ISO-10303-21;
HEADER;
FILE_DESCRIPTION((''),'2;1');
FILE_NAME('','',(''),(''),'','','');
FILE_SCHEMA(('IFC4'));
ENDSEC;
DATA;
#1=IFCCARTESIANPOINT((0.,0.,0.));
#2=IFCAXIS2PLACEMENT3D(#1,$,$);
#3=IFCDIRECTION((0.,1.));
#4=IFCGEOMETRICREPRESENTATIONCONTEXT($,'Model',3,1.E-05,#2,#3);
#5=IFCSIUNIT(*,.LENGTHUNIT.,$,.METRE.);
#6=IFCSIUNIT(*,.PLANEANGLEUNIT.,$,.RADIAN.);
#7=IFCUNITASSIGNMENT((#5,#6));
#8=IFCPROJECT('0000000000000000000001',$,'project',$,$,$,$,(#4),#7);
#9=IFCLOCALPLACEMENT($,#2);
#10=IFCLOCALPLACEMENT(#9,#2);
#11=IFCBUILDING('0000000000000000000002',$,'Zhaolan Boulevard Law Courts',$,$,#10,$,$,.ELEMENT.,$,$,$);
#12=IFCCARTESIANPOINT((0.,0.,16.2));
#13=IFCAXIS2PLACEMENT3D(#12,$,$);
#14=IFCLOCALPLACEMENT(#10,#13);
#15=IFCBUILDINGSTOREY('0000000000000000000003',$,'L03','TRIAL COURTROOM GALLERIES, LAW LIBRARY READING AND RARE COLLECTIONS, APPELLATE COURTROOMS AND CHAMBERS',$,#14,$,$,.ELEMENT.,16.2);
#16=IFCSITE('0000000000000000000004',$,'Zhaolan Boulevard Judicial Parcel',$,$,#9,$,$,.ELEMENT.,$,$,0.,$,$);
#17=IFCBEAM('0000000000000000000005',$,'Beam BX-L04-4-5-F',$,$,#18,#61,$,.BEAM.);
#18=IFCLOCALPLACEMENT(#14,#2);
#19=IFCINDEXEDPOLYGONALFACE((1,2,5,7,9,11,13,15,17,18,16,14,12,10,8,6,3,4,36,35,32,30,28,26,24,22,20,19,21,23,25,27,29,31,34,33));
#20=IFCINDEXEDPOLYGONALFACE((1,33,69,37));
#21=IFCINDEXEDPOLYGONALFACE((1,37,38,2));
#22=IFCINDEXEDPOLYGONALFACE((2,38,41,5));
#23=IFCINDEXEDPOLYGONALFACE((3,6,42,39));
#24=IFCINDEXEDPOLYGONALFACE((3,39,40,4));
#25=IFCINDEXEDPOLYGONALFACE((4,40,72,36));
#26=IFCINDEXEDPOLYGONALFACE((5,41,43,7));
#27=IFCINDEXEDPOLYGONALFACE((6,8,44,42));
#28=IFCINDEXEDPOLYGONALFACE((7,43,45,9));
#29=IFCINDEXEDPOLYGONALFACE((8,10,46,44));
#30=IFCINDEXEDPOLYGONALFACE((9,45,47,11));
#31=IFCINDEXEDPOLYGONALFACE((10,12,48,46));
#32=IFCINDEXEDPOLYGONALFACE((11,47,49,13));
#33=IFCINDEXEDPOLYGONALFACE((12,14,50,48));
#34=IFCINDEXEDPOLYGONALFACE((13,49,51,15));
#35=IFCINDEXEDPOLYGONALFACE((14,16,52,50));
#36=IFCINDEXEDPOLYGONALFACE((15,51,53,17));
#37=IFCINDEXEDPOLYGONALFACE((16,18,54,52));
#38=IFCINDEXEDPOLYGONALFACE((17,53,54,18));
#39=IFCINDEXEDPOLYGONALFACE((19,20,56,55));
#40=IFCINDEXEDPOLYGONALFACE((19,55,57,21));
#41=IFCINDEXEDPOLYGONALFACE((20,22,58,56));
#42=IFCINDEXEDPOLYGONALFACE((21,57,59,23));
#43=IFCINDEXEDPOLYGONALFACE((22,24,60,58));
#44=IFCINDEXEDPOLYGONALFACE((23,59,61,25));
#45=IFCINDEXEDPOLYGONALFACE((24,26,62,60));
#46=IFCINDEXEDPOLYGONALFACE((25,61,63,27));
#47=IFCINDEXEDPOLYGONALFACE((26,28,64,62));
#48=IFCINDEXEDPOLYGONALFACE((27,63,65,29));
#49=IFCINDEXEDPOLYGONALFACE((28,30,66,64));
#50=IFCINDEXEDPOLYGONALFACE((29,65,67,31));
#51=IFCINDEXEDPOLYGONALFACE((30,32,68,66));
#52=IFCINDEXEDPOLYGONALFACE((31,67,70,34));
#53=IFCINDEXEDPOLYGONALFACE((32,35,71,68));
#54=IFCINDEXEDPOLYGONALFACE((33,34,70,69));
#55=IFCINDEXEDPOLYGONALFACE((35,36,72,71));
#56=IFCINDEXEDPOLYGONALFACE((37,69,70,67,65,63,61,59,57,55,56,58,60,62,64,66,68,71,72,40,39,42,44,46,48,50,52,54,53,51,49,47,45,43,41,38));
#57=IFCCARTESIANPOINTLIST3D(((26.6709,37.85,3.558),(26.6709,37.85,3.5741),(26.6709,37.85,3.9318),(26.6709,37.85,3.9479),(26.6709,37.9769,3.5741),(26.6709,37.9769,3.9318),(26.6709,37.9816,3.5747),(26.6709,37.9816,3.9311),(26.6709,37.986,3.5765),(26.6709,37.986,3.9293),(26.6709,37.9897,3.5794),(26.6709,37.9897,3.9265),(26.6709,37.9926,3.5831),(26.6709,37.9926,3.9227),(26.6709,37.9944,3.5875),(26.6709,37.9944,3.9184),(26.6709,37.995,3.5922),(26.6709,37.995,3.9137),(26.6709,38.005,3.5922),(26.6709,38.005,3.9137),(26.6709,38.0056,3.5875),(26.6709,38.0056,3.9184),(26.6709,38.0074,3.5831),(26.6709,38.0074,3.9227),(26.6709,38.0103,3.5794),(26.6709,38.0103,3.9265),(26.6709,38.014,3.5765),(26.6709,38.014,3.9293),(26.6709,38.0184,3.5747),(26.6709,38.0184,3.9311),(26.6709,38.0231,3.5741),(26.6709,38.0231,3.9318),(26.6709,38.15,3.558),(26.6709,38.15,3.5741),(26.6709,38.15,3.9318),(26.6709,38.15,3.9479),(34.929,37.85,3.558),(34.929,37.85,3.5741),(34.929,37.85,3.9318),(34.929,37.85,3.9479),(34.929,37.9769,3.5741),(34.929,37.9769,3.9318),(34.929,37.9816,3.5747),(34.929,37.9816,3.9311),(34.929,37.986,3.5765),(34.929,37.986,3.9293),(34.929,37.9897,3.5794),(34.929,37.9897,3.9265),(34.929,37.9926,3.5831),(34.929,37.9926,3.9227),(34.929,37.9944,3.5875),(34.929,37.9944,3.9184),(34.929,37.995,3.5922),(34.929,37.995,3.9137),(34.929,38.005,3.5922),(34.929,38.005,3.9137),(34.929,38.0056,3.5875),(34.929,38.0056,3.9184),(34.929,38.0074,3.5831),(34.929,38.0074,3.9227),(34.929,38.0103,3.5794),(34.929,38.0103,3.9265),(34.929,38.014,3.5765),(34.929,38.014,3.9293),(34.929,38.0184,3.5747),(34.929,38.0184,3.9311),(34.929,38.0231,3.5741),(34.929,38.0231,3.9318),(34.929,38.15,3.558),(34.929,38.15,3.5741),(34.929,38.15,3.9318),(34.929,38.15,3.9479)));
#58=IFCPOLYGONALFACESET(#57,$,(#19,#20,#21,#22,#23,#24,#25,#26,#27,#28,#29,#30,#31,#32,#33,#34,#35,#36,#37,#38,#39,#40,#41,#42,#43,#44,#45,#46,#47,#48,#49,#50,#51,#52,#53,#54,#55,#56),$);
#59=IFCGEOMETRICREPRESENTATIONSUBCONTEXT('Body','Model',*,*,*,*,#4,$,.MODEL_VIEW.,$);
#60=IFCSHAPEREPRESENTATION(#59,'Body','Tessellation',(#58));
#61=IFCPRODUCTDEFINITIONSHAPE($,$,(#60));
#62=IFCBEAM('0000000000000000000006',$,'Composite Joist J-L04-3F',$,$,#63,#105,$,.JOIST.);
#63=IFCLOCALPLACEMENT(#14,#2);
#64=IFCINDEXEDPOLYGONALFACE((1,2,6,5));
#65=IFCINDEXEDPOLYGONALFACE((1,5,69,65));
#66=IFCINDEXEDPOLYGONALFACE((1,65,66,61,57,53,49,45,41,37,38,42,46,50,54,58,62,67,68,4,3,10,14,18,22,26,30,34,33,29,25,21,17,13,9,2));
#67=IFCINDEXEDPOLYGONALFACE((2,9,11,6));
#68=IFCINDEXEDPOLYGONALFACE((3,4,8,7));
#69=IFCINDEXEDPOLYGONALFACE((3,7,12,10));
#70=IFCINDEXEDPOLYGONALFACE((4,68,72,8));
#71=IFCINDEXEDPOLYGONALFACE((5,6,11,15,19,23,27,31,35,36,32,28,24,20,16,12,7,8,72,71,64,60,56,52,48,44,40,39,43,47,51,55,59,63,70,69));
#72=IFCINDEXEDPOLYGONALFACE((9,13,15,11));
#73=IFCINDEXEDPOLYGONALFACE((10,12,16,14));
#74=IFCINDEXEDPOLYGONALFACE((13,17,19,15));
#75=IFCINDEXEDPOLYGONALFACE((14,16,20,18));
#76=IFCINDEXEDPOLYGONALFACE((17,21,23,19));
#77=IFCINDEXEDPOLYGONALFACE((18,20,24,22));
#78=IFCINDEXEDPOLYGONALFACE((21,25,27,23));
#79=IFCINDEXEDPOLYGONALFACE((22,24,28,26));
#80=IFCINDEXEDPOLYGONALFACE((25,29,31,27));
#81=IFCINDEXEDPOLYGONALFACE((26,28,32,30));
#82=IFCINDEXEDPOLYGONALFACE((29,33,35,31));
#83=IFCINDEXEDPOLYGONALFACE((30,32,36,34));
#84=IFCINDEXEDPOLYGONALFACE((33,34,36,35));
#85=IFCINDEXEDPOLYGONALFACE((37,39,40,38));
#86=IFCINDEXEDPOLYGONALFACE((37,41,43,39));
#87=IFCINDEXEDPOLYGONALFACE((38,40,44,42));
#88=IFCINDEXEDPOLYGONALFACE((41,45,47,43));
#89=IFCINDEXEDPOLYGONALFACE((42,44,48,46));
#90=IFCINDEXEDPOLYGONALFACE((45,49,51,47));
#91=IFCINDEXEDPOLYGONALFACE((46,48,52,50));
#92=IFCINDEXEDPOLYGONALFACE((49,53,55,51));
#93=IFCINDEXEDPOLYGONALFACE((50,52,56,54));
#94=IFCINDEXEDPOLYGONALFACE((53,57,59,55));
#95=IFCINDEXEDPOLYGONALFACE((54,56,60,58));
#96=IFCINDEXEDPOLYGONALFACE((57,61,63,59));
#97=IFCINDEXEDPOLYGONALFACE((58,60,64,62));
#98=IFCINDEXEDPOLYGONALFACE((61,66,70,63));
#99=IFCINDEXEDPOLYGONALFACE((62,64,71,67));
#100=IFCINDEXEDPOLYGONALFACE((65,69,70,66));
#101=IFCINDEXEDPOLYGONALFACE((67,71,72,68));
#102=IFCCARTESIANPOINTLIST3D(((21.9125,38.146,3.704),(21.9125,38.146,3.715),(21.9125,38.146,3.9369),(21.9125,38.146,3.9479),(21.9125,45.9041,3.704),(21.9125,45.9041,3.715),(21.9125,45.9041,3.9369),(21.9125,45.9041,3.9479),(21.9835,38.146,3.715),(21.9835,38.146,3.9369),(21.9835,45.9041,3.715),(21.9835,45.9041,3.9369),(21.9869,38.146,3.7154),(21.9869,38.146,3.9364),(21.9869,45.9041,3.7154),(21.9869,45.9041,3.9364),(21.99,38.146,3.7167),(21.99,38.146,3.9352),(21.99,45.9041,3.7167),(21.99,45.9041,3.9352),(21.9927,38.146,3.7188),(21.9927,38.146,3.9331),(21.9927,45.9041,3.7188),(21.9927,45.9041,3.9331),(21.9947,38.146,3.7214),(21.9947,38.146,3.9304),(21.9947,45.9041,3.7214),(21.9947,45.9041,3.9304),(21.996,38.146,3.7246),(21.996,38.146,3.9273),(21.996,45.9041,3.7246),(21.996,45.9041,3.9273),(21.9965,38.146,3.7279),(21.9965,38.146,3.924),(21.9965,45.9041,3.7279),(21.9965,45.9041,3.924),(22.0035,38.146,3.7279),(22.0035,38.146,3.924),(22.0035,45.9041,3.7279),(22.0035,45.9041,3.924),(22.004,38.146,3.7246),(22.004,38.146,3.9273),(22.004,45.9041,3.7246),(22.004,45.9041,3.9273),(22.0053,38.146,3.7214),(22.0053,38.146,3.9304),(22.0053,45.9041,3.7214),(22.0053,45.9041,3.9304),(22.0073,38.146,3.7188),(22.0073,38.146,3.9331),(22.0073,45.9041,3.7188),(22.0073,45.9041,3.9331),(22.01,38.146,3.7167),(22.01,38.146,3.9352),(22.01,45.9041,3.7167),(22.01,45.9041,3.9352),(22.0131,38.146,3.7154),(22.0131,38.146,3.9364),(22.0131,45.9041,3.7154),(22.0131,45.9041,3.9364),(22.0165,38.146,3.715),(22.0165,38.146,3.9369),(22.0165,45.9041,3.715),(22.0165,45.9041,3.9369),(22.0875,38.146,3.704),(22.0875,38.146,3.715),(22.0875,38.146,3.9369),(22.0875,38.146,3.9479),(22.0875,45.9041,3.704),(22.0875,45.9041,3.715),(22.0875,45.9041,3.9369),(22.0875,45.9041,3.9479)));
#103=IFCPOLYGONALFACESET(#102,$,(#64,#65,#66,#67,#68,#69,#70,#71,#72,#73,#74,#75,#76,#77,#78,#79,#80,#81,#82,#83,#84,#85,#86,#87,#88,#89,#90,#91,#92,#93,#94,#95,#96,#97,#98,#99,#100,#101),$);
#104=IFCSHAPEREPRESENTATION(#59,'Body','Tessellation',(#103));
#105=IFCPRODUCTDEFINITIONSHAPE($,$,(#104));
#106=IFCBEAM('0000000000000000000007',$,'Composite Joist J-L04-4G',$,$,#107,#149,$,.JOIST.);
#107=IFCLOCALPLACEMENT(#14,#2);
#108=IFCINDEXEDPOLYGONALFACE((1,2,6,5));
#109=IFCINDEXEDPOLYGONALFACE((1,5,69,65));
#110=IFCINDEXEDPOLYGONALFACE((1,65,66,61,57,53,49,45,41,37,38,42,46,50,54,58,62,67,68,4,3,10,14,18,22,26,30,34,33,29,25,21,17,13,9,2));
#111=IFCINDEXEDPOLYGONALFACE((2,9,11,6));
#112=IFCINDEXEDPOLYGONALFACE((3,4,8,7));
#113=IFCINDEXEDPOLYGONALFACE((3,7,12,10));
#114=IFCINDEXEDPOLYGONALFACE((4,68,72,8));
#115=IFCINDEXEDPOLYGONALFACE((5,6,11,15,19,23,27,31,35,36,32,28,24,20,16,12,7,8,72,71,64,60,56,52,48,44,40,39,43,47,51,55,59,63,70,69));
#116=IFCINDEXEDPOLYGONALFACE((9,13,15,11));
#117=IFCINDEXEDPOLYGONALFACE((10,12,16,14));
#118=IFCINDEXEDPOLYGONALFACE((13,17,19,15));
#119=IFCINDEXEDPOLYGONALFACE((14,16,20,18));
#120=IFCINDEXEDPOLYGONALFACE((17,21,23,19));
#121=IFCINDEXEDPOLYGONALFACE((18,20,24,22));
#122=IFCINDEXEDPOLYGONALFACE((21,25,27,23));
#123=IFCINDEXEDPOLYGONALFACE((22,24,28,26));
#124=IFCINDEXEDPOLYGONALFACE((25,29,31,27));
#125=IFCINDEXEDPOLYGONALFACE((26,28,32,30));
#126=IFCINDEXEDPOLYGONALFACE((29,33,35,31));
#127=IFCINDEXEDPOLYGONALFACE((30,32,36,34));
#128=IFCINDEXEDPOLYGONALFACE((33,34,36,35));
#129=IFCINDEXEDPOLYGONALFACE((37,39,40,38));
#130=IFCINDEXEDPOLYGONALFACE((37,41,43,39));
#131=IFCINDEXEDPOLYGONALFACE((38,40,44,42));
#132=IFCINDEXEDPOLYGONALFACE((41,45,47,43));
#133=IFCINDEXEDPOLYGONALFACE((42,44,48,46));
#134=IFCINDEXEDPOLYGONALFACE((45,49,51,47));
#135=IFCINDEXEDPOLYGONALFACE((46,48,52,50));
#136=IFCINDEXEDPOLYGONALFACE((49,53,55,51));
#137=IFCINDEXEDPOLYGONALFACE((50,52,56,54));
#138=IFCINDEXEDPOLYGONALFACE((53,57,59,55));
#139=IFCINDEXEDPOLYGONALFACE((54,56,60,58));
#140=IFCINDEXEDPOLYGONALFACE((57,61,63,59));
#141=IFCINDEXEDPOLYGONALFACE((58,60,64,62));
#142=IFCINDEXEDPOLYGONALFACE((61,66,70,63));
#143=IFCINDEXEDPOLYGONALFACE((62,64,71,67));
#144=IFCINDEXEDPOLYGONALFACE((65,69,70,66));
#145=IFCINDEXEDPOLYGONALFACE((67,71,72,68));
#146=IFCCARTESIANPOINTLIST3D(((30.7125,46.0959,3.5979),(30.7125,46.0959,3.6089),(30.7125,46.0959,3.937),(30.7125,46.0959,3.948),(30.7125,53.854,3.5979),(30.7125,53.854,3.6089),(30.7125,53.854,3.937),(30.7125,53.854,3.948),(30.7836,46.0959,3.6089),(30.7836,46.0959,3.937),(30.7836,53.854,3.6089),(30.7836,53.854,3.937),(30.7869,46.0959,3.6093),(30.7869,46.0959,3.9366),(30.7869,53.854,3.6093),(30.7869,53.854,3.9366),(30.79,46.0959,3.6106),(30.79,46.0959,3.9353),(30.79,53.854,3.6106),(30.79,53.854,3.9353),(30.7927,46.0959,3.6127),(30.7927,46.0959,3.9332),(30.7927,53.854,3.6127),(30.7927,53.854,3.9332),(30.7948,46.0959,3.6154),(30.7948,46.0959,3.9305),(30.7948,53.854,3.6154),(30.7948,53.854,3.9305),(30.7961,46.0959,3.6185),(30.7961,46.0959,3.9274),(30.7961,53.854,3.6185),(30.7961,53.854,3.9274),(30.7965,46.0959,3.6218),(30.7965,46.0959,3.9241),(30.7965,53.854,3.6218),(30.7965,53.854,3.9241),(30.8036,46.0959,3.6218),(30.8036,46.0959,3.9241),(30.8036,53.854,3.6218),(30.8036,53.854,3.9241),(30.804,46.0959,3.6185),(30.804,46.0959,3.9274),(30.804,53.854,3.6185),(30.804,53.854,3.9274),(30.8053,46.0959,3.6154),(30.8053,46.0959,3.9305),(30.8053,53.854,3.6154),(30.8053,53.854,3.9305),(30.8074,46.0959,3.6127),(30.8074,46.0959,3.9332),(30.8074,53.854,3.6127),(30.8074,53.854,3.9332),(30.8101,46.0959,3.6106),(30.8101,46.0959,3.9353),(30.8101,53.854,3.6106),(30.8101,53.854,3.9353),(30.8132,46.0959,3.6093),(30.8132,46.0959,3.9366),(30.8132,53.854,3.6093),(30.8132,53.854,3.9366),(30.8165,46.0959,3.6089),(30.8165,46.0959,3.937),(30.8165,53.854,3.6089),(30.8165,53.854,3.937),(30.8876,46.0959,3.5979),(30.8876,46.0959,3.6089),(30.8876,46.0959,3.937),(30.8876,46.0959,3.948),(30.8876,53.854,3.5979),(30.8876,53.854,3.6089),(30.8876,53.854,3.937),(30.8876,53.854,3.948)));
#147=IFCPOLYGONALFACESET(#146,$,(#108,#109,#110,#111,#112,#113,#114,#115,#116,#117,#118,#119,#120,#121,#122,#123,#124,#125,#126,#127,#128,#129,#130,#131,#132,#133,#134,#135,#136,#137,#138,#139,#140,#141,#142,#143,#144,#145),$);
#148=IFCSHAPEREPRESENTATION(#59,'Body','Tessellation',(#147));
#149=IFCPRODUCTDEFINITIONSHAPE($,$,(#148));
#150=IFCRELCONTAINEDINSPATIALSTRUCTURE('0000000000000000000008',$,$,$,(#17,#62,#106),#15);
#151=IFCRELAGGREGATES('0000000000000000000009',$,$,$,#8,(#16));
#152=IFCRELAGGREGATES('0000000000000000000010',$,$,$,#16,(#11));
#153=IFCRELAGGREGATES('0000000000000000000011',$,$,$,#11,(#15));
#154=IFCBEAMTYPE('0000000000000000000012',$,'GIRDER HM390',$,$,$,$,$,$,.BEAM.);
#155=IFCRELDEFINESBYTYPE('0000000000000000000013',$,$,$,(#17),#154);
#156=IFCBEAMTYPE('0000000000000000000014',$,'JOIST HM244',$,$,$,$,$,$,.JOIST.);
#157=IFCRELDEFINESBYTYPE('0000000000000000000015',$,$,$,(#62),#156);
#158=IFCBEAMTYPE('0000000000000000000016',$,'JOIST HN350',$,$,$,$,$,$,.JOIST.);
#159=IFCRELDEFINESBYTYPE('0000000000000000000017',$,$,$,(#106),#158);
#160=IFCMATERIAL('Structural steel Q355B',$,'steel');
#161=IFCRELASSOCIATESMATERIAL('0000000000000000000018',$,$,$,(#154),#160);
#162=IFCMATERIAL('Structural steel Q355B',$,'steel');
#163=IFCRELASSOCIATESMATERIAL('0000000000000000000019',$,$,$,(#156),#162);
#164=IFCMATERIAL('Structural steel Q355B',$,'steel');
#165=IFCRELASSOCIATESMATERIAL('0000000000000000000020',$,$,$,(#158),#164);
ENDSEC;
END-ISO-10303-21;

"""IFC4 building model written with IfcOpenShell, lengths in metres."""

from ifc_helpers import new_model, si_unit, direction, frame, origin, origin_2d, place, context, subcontext, project, spatial, i_section, extrude, material, material_profile, profile_set, type_object, element, save


model = new_model("IFC4")

# Units and contexts
model_context = context("Model", 3, precision=1e-05, world=origin(), true_north=direction((0.0, 1.0)))
body_context = subcontext(model_context, "Body", "Model", "MODEL_VIEW")
ifc_project = project(units=[si_unit("LENGTHUNIT", "METRE"), si_unit("PLANEANGLEUNIT", "RADIAN")], contexts=[model_context])

# Site, building, storey
site_placement = place(None, origin())
site = spatial("IfcSite", under=ifc_project, at=site_placement, Name="Zhaolan Boulevard Judicial Parcel", CompositionType="ELEMENT", RefElevation=0.0)
building_placement = place(site_placement, origin())
building = spatial("IfcBuilding", under=site, at=building_placement, Name="Zhaolan Boulevard Law Courts", CompositionType="ELEMENT")
storey_placement = place(building_placement, frame((0.0, 0.0, 16.2)))
storey = spatial("IfcBuildingStorey", under=building, at=storey_placement, Name="L03", Description="TRIAL COURTROOM GALLERIES, LAW LIBRARY READING AND RARE COLLECTIONS, APPELLATE COURTROOMS AND CHAMBERS", CompositionType="ELEMENT", Elevation=16.2)

# Beams
ifc_material_1 = material(Name="Structural steel Q355B", Category="steel")
ifc_material_profile_1 = material_profile(ifc_material_1, i_section(OverallWidth=0.3, OverallDepth=0.3899, WebThickness=0.01, FlangeThickness=0.0161, FilletRadius=0.0181, at=origin_2d()), Name="HM390x300")
ifc_profile_set_1 = profile_set([ifc_material_profile_1], Name="Structural steel Q355B")
beam_type_1 = type_object("IfcBeamType", Name="GIRDER HM390", PredefinedType="BEAM", material=ifc_profile_set_1)
beam_1_placement = place(storey_placement, frame((26.6709, 38.0, 3.7529), z_axis=(1.0, 0.0, 0.0), x_axis=(0.0, 1.0, 0.0)))
element("IfcBeam", 1, at=beam_1_placement, inside=storey, type_object=beam_type_1, Name="Beam BX-L04-4-5-F", PredefinedType="BEAM", context=body_context, shape_type="SweptSolid", body=[
    extrude(i_section(OverallWidth=0.3, OverallDepth=0.3899, WebThickness=0.01, FlangeThickness=0.0161, FilletRadius=0.0181, at=origin_2d()), origin(), (0.0, 0.0, 1.0), 8.2581),
])
ifc_material_2 = material(Name="Structural steel Q355B", Category="steel")
ifc_material_profile_2 = material_profile(ifc_material_2, i_section(OverallWidth=0.175, OverallDepth=0.2439, WebThickness=0.0071, FlangeThickness=0.011, FilletRadius=0.0129, at=origin_2d()), Name="HM244x175")
ifc_profile_set_2 = profile_set([ifc_material_profile_2], Name="Structural steel Q355B")
beam_type_2 = type_object("IfcBeamType", Name="JOIST HM244", PredefinedType="JOIST", material=ifc_profile_set_2)
beam_2_placement = place(storey_placement, frame((22.0, 38.146, 3.8259), z_axis=(0.0, 1.0, 0.0), x_axis=(-1.0, 0.0, 0.0)))
element("IfcBeam", 2, at=beam_2_placement, inside=storey, type_object=beam_type_2, Name="Composite Joist J-L04-3F", PredefinedType="JOIST", context=body_context, shape_type="SweptSolid", body=[
    extrude(i_section(OverallWidth=0.175, OverallDepth=0.2439, WebThickness=0.0071, FlangeThickness=0.011, FilletRadius=0.0129, at=origin_2d()), origin(), (0.0, 0.0, 1.0), 7.7581),
])
ifc_material_3 = material(Name="Structural steel Q355B", Category="steel")
ifc_material_profile_3 = material_profile(ifc_material_3, i_section(OverallWidth=0.175, OverallDepth=0.3501, WebThickness=0.0071, FlangeThickness=0.011, FilletRadius=0.0129, at=origin_2d()), Name="HN350x175")
ifc_profile_set_3 = profile_set([ifc_material_profile_3], Name="Structural steel Q355B")
beam_type_3 = type_object("IfcBeamType", Name="JOIST HN350", PredefinedType="JOIST", material=ifc_profile_set_3)
beam_3_placement = place(storey_placement, frame((30.8, 46.0959, 3.7729), z_axis=(0.0, 1.0, 0.0), x_axis=(-1.0, 0.0, 0.0)))
element("IfcBeam", 3, at=beam_3_placement, inside=storey, type_object=beam_type_3, Name="Composite Joist J-L04-4G", PredefinedType="JOIST", context=body_context, shape_type="SweptSolid", body=[
    extrude(i_section(OverallWidth=0.175, OverallDepth=0.3501, WebThickness=0.0071, FlangeThickness=0.011, FilletRadius=0.0129, at=origin_2d()), origin(), (0.0, 0.0, 1.0), 7.7581),
])

save(model, "model.ifc")
